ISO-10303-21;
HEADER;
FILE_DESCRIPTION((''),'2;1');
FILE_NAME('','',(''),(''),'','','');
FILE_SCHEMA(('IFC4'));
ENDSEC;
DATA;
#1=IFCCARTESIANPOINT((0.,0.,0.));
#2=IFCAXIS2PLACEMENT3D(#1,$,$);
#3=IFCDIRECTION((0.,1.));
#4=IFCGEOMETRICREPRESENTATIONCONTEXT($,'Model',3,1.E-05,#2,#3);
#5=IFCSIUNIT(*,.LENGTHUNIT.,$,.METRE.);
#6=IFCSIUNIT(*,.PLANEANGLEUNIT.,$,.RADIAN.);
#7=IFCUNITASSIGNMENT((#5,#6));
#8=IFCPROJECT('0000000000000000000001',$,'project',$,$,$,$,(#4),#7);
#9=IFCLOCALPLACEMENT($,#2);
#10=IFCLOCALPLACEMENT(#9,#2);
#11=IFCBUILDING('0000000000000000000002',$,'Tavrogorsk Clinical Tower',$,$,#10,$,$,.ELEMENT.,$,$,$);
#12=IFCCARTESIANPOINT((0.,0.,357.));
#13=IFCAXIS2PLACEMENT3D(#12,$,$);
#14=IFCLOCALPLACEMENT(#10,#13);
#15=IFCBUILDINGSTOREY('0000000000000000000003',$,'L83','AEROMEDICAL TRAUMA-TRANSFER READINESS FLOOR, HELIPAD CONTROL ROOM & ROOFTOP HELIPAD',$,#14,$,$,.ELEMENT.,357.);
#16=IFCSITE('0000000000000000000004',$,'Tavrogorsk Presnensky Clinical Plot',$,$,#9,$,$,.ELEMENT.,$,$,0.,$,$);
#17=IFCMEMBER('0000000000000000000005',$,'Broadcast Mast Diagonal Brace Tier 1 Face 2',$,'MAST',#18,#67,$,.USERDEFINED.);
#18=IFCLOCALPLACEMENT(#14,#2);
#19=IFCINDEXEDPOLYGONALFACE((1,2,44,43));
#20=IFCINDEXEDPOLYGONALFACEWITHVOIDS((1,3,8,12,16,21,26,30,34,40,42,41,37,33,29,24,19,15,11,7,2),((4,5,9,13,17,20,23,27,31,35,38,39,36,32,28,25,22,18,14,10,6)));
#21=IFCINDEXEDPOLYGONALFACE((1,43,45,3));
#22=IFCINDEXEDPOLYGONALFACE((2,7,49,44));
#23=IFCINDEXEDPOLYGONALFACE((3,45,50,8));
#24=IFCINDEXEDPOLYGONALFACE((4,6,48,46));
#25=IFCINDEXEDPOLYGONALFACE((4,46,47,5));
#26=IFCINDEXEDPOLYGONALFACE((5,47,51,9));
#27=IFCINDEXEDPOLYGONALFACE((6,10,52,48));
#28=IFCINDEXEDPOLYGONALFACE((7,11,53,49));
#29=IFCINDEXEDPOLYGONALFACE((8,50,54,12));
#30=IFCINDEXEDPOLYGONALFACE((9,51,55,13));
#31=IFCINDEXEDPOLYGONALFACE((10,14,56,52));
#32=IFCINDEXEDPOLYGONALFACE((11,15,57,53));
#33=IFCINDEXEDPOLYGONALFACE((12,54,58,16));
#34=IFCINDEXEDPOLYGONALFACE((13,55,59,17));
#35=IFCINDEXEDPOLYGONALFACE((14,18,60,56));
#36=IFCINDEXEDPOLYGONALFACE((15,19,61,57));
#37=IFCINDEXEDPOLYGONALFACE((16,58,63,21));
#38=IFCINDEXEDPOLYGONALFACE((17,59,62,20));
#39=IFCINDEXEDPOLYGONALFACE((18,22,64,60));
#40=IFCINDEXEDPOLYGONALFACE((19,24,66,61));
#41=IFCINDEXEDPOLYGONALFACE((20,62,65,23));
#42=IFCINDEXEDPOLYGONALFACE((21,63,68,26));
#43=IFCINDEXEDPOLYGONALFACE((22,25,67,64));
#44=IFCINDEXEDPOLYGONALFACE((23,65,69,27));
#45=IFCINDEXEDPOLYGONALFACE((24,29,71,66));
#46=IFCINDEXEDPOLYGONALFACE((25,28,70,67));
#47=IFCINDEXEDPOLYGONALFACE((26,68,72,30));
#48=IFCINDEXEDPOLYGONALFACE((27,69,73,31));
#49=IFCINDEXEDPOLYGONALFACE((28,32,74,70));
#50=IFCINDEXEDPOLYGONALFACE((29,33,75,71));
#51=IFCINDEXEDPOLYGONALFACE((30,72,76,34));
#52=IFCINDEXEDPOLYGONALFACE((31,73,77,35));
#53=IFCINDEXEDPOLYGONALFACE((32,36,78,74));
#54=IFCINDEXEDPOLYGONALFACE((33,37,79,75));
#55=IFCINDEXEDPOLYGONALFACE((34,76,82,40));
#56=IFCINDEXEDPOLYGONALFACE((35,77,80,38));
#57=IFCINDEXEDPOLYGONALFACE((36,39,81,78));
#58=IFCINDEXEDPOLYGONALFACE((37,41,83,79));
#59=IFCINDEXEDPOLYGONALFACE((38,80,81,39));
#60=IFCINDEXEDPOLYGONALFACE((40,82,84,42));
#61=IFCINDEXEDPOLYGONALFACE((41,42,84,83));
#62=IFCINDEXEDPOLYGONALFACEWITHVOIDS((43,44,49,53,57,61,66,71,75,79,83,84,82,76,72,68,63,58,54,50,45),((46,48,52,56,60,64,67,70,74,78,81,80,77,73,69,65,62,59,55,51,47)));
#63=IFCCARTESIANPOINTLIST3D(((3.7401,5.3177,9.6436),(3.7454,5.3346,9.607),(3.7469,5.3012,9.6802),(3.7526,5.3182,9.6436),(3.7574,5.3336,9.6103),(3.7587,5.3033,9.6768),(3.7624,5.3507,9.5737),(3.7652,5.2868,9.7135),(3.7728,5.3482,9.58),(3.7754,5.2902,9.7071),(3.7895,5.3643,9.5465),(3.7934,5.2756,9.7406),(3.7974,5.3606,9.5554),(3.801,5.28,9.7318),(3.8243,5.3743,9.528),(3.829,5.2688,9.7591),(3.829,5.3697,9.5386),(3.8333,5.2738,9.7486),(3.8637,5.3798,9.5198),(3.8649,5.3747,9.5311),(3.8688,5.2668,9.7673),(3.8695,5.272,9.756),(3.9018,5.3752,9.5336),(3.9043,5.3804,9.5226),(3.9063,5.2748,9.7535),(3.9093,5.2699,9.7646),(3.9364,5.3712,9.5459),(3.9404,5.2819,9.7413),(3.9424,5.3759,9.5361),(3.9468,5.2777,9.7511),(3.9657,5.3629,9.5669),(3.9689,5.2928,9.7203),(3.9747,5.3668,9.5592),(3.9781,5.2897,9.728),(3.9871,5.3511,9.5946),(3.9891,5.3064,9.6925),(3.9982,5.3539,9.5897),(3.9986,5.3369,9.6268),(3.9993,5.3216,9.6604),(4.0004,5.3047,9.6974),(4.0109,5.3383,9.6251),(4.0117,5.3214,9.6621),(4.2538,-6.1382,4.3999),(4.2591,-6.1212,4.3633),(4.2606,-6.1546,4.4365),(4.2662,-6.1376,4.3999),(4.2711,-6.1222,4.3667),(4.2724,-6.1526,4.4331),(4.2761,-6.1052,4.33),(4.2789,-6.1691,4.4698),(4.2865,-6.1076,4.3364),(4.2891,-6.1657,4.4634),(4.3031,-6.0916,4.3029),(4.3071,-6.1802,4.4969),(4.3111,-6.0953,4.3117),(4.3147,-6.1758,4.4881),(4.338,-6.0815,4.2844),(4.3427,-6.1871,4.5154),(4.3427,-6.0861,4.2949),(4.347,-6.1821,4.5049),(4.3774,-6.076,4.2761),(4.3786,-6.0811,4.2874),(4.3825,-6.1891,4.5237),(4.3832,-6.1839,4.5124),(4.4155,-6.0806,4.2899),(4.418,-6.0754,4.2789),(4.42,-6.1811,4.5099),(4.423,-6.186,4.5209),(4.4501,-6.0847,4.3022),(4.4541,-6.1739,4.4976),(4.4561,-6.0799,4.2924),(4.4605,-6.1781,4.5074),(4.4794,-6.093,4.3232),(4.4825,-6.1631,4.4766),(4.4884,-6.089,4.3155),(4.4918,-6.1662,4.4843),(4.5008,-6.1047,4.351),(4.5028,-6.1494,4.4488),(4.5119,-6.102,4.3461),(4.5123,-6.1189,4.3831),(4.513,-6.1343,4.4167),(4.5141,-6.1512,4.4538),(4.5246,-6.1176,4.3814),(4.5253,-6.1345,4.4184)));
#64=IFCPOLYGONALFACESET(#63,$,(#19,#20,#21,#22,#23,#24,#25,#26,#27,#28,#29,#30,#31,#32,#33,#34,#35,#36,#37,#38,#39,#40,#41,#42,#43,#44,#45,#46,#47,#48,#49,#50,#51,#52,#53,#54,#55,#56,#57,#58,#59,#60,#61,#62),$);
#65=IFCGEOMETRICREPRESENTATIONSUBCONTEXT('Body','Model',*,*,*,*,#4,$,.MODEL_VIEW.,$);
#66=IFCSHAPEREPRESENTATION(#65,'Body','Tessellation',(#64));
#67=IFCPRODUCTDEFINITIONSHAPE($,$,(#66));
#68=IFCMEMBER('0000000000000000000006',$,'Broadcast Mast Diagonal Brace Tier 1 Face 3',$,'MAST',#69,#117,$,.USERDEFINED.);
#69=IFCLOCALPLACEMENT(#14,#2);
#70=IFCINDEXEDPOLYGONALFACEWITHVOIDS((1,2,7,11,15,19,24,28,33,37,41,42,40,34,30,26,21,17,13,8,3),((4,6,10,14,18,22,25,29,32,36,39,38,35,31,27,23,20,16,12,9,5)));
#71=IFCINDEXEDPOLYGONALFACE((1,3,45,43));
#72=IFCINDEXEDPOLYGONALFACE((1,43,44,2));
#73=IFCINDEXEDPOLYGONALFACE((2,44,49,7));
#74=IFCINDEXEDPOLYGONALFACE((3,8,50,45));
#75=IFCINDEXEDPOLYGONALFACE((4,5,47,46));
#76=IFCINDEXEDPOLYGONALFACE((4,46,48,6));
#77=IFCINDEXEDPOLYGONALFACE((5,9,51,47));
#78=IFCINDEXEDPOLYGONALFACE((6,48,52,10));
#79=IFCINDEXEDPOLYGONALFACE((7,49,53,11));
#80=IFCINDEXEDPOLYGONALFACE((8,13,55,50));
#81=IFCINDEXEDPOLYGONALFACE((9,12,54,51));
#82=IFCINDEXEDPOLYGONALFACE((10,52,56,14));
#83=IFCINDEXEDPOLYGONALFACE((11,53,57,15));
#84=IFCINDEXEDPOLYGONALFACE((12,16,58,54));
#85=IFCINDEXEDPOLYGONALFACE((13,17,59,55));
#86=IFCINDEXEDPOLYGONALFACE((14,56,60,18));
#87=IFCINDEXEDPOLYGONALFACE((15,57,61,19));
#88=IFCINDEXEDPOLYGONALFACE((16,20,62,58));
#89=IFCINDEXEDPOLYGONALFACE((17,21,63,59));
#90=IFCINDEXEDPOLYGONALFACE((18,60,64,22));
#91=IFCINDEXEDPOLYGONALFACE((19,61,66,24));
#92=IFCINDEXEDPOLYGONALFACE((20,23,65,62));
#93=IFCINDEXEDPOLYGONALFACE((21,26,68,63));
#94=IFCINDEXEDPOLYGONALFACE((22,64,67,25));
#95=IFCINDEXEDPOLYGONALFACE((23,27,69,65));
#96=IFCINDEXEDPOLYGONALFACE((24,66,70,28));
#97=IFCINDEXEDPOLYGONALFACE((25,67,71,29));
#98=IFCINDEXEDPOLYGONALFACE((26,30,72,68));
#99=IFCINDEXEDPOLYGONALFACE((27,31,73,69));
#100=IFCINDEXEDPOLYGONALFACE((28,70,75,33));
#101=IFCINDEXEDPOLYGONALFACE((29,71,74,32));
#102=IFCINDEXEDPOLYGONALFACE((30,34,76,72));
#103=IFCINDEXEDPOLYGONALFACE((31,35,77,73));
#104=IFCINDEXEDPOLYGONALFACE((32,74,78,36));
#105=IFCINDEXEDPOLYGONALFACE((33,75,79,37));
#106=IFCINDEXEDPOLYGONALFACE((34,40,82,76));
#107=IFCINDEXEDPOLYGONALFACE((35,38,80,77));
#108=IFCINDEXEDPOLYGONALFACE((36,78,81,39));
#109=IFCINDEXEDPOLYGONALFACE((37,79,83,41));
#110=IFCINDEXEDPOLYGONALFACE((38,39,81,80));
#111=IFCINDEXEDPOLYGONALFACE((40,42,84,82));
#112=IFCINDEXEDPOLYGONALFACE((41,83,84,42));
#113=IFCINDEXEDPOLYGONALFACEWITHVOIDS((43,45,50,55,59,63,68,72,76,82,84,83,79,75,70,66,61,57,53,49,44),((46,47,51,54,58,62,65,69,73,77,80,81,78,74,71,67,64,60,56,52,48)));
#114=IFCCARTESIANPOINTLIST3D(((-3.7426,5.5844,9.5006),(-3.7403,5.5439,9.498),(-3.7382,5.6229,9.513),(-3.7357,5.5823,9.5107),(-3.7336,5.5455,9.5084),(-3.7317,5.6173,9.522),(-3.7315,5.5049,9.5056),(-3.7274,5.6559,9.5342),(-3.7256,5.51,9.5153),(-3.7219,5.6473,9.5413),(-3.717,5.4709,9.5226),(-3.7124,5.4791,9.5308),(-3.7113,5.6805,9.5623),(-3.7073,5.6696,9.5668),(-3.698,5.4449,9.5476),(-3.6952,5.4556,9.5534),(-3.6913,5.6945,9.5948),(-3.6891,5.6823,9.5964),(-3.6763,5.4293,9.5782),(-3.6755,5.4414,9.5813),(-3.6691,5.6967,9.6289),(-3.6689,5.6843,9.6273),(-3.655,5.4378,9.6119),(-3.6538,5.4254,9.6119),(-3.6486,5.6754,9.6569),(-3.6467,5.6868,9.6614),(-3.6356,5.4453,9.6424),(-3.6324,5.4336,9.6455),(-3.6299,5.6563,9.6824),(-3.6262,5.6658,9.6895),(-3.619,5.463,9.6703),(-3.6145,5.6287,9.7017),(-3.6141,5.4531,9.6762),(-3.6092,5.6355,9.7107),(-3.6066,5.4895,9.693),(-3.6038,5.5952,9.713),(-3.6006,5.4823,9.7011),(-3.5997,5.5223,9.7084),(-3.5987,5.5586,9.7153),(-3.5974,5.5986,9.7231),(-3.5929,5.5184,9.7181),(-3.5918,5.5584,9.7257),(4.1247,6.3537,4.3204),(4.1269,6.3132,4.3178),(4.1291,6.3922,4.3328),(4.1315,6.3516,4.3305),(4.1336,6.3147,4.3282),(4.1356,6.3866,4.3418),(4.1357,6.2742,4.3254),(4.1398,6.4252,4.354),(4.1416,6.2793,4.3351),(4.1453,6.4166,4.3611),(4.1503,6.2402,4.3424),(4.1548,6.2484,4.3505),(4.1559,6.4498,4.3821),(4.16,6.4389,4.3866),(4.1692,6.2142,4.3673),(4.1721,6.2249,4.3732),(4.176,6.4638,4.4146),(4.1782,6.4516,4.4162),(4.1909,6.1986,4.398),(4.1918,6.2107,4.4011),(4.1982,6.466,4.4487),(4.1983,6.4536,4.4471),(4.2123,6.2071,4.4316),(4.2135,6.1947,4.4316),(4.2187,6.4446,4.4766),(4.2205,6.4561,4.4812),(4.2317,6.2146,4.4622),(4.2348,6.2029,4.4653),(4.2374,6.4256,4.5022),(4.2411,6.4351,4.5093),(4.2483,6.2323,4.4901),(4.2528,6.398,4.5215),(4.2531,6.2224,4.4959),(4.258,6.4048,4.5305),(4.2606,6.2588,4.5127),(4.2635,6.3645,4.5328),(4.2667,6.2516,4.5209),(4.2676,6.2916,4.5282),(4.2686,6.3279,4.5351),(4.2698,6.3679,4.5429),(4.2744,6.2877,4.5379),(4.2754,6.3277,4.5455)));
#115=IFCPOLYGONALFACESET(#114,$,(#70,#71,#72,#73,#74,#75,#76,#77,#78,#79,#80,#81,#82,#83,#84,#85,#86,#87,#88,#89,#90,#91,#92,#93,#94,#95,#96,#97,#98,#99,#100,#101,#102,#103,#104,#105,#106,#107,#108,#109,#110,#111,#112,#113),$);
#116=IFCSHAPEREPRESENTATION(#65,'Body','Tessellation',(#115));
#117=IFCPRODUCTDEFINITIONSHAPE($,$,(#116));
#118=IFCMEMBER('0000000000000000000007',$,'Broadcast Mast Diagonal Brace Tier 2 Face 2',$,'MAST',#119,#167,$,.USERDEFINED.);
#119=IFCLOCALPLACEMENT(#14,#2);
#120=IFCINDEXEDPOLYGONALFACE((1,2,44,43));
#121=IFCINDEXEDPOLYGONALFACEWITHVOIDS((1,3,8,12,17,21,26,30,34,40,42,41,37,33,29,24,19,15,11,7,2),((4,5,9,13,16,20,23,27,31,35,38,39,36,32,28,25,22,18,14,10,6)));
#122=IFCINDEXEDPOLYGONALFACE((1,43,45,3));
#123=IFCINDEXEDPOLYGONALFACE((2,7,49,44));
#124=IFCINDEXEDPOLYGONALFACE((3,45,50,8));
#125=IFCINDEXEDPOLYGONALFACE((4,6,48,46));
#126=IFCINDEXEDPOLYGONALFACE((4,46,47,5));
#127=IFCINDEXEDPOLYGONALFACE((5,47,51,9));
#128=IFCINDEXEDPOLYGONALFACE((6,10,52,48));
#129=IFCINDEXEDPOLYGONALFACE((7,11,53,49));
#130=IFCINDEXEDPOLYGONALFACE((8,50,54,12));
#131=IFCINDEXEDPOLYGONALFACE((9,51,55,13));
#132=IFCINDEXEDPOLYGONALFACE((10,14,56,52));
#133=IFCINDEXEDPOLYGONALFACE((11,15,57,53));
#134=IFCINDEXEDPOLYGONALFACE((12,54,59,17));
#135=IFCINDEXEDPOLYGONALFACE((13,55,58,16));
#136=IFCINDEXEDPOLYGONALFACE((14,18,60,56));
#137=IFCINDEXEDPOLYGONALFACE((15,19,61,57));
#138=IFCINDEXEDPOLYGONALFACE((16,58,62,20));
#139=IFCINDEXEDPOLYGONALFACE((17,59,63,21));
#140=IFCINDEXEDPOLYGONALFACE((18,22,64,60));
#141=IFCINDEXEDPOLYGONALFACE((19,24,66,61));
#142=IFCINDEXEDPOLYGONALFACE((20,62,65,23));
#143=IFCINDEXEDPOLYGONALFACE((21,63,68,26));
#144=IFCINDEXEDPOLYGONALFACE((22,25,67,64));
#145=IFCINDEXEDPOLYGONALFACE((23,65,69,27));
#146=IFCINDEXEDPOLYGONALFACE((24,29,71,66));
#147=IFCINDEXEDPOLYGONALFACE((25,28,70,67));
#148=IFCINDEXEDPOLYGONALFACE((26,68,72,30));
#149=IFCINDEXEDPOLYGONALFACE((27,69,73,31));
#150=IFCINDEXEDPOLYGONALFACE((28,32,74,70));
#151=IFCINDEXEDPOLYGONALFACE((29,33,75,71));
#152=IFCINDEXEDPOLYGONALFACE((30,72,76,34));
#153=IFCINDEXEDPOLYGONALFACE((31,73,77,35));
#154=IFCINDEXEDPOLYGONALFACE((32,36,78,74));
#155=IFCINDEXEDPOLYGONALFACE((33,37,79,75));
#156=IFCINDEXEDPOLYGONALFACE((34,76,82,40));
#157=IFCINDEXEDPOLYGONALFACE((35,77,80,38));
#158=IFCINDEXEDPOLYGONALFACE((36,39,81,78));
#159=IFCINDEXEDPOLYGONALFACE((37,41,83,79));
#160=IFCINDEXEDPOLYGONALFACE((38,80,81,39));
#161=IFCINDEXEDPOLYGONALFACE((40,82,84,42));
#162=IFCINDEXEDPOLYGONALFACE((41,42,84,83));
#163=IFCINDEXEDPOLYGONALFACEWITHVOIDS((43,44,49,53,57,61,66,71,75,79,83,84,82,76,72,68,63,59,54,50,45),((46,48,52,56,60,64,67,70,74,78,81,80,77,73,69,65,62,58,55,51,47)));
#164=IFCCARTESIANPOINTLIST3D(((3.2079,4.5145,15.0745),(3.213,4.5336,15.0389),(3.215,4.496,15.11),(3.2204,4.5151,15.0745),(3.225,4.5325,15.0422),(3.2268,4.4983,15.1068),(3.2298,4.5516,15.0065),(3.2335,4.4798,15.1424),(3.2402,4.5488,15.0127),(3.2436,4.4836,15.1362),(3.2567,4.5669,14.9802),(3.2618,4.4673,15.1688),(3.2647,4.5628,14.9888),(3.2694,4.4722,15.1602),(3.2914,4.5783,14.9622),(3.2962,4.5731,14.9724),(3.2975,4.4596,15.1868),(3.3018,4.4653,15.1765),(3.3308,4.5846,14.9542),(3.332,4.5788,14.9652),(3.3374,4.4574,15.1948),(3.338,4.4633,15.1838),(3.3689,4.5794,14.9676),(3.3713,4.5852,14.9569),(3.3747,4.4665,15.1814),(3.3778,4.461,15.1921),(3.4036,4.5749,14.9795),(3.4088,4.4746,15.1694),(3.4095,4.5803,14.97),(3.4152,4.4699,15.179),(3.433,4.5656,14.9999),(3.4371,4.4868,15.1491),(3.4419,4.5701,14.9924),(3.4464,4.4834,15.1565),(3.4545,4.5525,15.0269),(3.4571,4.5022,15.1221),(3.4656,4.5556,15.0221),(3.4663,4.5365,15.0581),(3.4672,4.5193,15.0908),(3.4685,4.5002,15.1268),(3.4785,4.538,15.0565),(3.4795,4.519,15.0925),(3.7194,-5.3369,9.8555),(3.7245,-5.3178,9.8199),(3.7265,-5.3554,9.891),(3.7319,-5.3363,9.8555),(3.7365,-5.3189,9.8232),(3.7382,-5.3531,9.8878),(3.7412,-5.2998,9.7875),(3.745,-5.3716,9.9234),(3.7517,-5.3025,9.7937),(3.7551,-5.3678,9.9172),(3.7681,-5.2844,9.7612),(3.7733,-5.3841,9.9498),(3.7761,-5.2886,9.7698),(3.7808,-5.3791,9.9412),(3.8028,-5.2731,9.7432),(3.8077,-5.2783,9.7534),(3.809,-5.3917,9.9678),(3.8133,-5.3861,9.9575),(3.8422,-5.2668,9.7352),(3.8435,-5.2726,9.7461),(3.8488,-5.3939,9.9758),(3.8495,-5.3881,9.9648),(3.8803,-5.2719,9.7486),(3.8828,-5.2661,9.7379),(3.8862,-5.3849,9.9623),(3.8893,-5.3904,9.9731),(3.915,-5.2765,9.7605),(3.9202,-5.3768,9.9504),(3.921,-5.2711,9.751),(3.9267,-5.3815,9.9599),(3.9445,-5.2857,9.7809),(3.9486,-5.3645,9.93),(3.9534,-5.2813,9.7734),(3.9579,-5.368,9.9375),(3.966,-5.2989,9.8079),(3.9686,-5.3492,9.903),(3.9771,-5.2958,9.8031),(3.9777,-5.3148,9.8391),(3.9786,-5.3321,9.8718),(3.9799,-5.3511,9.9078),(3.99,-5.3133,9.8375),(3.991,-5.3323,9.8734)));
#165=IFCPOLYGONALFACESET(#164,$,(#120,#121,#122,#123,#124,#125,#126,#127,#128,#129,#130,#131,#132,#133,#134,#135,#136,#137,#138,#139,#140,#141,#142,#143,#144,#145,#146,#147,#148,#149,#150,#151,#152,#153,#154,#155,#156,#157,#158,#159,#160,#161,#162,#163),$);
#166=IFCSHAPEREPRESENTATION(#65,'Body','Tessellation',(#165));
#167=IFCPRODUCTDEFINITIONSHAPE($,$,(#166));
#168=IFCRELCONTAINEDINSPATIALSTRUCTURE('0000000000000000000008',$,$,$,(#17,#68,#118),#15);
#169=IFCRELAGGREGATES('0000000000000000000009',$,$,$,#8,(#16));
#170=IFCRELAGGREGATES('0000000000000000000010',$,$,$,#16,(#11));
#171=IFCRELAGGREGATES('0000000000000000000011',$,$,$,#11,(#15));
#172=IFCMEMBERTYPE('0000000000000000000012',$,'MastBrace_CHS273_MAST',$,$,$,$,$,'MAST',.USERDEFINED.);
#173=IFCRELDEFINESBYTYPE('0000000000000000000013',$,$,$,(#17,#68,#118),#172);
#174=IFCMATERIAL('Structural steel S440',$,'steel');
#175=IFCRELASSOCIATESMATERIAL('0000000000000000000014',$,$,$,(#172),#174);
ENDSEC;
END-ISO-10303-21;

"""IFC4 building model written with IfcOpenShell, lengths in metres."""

from ifc_helpers import new_model, si_unit, direction, frame, origin, origin_2d, place, context, subcontext, project, spatial, hollow_circle, extrude, material, material_profile, profile_set, type_object, element, save


model = new_model("IFC4")

# Units and contexts
model_context = context("Model", 3, precision=1e-05, world=origin(), true_north=direction((0.0, 1.0)))
body_context = subcontext(model_context, "Body", "Model", "MODEL_VIEW")
ifc_project = project(units=[si_unit("LENGTHUNIT", "METRE"), si_unit("PLANEANGLEUNIT", "RADIAN")], contexts=[model_context])

# Site, building, storey
site_placement = place(None, origin())
site = spatial("IfcSite", under=ifc_project, at=site_placement, Name="Tavrogorsk Presnensky Clinical Plot", CompositionType="ELEMENT", RefElevation=0.0)
building_placement = place(site_placement, origin())
building = spatial("IfcBuilding", under=site, at=building_placement, Name="Tavrogorsk Clinical Tower", CompositionType="ELEMENT")
storey_placement = place(building_placement, frame((0.0, 0.0, 357.0)))
storey = spatial("IfcBuildingStorey", under=building, at=storey_placement, Name="L83", Description="AEROMEDICAL TRAUMA-TRANSFER READINESS FLOOR, HELIPAD CONTROL ROOM & ROOFTOP HELIPAD", CompositionType="ELEMENT", Elevation=357.0)

# Members
ifc_material_1 = material(Name="Structural steel S440", Category="steel")
ifc_material_profile_1 = material_profile(ifc_material_1, hollow_circle(Radius=0.1365, WallThickness=0.0125, at=origin_2d()), Name="CHS-273x12.5")
ifc_profile_set_1 = profile_set([ifc_material_profile_1], Name="Structural steel S440")
member_type_1 = type_object("IfcMemberType", Name="MastBrace_CHS273_MAST", ElementType="MAST", PredefinedType="USERDEFINED", material=ifc_profile_set_1)
member_1_placement = place(storey_placement, frame((4.3901, -6.1321, 4.3999), z_axis=(-0.040737, 0.908518, 0.415855), x_axis=(-0.998996, -0.044794, 0.0)))
element("IfcMember", 1, at=member_1_placement, inside=storey, type_object=member_type_1, Name="Broadcast Mast Diagonal Brace Tier 1 Face 2", ObjectType="MAST", PredefinedType="USERDEFINED", context=body_context, shape_type="SweptSolid", body=[
    extrude(hollow_circle(Radius=0.1365, WallThickness=0.0125, at=origin_2d()), origin(), (0.0, 0.0, 1.0), 12.6094),
])
member_2_placement = place(storey_placement, frame((4.2002, 6.3306, 4.4316), z_axis=(-0.832431, -0.081399, 0.548117), x_axis=(0.09732, -0.995253, 0.0)))
element("IfcMember", 2, at=member_2_placement, inside=storey, type_object=member_type_1, Name="Broadcast Mast Diagonal Brace Tier 1 Face 3", ObjectType="MAST", PredefinedType="USERDEFINED", context=body_context, shape_type="SweptSolid", body=[
    extrude(hollow_circle(Radius=0.1365, WallThickness=0.0125, at=origin_2d()), origin(), (0.0, 0.0, 1.0), 9.4509),
])
member_3_placement = place(storey_placement, frame((3.8557, -5.3298, 9.8555), z_axis=(-0.045831, 0.882726, 0.467647), x_axis=(-0.998655, -0.05185, 0.0)))
element("IfcMember", 3, at=member_3_placement, inside=storey, type_object=member_type_1, Name="Broadcast Mast Diagonal Brace Tier 2 Face 2", ObjectType="MAST", PredefinedType="USERDEFINED", context=body_context, shape_type="SweptSolid", body=[
    extrude(hollow_circle(Radius=0.1365, WallThickness=0.0125, at=origin_2d()), origin(), (0.0, 0.0, 1.0), 11.1602),
])

save(model, "model.ifc")
